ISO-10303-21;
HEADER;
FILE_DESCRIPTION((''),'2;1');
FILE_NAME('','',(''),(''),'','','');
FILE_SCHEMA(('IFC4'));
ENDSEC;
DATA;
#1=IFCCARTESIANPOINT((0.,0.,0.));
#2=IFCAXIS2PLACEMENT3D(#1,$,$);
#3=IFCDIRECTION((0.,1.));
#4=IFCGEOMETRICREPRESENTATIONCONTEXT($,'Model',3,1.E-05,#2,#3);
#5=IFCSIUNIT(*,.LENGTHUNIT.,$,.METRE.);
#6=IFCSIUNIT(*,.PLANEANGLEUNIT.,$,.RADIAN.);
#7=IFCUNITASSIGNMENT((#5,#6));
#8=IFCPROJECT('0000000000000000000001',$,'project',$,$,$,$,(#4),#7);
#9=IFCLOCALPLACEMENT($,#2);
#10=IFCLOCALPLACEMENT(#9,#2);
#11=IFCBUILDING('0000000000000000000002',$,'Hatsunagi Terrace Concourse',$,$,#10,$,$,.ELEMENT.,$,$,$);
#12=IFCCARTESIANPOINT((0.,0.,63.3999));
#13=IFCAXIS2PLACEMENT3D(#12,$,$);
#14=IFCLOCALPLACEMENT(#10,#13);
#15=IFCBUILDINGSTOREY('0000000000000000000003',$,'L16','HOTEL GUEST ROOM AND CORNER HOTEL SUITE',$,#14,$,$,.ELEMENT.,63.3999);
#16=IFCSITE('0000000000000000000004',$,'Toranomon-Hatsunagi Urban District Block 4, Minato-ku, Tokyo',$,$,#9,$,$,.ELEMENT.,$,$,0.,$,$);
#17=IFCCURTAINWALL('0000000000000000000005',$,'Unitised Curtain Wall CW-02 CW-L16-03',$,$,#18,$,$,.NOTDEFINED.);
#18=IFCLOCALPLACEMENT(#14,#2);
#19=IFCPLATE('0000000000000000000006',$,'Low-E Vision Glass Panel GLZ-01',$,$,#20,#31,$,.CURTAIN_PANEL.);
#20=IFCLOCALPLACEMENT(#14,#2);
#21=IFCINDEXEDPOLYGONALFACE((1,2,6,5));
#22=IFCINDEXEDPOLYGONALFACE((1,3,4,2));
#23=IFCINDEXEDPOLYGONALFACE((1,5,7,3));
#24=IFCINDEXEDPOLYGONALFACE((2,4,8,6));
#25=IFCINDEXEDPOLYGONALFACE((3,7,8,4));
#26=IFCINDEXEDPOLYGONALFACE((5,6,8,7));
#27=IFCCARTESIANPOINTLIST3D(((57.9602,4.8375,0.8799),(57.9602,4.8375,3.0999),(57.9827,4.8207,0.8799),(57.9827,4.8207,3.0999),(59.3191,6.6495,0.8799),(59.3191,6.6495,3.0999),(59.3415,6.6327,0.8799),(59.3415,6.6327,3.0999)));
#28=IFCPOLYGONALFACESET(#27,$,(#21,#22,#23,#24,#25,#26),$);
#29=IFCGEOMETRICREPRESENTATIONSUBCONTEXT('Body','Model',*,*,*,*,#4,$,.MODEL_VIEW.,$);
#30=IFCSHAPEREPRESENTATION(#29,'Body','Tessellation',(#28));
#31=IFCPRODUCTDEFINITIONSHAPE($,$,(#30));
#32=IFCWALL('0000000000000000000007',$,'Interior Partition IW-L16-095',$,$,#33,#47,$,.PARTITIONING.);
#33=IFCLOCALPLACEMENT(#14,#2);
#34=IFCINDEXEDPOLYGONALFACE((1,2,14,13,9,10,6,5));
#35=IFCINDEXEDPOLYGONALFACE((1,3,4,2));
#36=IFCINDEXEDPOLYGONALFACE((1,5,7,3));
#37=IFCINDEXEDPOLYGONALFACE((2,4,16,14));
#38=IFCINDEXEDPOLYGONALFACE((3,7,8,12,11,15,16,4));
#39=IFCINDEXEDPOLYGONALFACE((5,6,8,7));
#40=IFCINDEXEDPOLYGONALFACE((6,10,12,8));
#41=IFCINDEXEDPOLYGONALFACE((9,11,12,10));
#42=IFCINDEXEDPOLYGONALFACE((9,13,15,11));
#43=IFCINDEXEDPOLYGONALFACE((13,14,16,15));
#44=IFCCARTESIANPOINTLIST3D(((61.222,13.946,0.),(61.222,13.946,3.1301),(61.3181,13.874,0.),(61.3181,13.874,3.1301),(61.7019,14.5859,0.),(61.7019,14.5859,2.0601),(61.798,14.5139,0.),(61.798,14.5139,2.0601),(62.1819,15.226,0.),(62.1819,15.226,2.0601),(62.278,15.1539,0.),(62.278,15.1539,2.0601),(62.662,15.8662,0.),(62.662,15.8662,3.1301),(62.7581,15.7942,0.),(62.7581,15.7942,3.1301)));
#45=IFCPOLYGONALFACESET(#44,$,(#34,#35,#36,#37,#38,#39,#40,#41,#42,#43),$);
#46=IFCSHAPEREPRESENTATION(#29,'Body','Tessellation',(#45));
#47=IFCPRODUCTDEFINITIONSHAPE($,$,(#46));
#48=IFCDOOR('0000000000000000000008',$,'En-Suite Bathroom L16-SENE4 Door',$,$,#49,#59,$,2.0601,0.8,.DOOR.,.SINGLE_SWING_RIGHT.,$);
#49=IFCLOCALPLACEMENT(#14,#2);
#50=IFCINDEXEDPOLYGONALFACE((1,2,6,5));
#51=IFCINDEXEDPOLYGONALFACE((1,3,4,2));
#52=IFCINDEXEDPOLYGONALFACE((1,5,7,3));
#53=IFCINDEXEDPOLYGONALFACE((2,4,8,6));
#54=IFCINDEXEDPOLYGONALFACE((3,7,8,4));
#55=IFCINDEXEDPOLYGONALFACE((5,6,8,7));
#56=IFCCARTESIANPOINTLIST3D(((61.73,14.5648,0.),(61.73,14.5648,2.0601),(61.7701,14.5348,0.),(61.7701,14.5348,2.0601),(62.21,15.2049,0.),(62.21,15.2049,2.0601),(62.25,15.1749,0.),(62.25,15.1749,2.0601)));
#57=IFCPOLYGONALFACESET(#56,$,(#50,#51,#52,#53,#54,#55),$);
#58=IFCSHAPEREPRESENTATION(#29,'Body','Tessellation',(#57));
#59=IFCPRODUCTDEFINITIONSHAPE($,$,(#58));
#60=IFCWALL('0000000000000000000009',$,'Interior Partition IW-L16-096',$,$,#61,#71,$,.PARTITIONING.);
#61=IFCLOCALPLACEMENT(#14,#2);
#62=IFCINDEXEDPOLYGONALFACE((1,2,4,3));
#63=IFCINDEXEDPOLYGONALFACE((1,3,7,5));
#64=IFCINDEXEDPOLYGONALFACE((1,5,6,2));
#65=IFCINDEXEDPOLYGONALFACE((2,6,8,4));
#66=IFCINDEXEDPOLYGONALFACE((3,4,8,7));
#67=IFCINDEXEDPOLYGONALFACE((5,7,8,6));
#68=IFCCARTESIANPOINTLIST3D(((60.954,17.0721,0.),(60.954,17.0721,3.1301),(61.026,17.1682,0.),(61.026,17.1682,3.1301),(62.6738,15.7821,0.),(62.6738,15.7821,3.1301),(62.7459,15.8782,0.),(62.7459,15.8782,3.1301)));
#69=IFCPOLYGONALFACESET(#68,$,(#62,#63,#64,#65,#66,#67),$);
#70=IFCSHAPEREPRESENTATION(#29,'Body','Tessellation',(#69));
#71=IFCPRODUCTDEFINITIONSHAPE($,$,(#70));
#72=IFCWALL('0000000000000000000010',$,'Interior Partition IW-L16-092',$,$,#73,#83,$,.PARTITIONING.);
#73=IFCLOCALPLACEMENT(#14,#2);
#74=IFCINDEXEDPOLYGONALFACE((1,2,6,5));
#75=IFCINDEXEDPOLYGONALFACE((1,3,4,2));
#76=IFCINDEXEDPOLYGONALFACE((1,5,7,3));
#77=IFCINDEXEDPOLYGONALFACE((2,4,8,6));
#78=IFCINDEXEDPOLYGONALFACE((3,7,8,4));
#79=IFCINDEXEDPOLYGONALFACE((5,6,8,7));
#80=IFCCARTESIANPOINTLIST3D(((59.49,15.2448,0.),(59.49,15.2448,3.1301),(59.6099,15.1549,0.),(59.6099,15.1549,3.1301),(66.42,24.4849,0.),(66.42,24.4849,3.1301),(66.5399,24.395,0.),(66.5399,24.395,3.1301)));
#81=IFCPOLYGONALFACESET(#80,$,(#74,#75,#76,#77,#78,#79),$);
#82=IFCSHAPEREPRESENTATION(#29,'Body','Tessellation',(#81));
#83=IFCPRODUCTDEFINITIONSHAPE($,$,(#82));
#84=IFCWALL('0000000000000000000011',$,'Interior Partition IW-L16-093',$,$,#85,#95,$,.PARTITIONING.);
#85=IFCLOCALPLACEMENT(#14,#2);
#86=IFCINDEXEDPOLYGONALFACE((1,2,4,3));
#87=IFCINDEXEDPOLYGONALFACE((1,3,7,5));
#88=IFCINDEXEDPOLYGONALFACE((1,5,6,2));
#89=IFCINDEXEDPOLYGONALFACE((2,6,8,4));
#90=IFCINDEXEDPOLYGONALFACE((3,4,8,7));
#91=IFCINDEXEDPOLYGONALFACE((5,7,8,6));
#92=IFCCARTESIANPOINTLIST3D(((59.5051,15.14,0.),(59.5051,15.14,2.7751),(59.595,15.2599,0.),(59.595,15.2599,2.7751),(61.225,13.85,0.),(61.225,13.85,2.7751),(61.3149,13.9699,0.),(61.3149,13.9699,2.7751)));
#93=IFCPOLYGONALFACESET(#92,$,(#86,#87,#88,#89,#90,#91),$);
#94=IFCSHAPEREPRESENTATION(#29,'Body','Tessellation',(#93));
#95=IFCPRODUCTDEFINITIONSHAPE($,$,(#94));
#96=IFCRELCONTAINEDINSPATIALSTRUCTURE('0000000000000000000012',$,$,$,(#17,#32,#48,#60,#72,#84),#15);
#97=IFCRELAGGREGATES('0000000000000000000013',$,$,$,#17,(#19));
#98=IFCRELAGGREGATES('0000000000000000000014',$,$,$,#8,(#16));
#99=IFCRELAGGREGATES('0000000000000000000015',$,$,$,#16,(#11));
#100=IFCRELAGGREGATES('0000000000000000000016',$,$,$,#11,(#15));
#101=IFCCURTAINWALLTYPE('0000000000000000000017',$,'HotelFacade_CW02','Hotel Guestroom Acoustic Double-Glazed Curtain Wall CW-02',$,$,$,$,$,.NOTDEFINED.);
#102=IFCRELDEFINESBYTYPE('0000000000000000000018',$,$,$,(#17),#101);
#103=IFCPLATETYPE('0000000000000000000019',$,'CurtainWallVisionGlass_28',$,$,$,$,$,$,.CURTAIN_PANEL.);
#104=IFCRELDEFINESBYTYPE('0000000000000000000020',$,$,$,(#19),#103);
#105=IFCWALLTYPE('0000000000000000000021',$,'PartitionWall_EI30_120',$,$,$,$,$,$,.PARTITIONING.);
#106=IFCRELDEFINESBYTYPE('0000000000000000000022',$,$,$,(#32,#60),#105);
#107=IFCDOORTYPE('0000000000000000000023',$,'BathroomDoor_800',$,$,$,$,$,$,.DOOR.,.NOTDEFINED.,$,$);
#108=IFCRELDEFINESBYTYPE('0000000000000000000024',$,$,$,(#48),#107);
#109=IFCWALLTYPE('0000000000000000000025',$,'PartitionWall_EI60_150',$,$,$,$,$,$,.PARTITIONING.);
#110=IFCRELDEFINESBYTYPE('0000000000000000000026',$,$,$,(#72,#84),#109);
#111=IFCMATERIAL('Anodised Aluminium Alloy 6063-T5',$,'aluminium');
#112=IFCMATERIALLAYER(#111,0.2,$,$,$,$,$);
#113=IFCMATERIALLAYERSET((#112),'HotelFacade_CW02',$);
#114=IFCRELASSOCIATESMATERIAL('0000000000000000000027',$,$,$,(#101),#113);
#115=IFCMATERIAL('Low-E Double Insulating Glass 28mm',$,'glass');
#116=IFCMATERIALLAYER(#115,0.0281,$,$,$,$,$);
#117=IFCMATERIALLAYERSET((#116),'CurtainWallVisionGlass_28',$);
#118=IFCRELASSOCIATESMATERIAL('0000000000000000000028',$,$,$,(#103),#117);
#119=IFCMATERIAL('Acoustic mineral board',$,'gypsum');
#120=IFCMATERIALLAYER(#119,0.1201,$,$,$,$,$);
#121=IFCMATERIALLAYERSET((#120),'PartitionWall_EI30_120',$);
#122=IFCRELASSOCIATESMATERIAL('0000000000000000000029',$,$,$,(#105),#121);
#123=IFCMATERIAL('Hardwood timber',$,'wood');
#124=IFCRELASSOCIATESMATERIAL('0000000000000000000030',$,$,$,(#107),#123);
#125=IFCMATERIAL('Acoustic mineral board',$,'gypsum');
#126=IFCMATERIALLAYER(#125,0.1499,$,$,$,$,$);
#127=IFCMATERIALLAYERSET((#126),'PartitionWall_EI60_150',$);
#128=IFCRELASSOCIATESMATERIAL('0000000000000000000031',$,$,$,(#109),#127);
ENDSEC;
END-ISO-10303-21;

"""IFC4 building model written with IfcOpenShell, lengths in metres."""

from ifc_helpers import new_model, si_unit, direction, frame, frame_2d, origin, origin_2d, place, context, subcontext, project, spatial, rectangle, extrude, material, layer, layer_set, type_object, element, fill, aggregate, save


model = new_model("IFC4")

# Units and contexts
model_context = context("Model", 3, precision=1e-05, world=origin(), true_north=direction((0.0, 1.0)))
body_context = subcontext(model_context, "Body", "Model", "MODEL_VIEW")
ifc_project = project(units=[si_unit("LENGTHUNIT", "METRE"), si_unit("PLANEANGLEUNIT", "RADIAN")], contexts=[model_context])

# Site, building, storey
site_placement = place(None, origin())
site = spatial("IfcSite", under=ifc_project, at=site_placement, Name="Toranomon-Hatsunagi Urban District Block 4, Minato-ku, Tokyo", CompositionType="ELEMENT", RefElevation=0.0)
building_placement = place(site_placement, origin())
building = spatial("IfcBuilding", under=site, at=building_placement, Name="Hatsunagi Terrace Concourse", CompositionType="ELEMENT")
storey_placement = place(building_placement, frame((0.0, 0.0, 63.3999)))
storey = spatial("IfcBuildingStorey", under=building, at=storey_placement, Name="L16", Description="HOTEL GUEST ROOM AND CORNER HOTEL SUITE", CompositionType="ELEMENT", Elevation=63.3999)

# Curtain wall
ifc_material_1 = material(Name="Anodised Aluminium Alloy 6063-T5", Category="aluminium")
ifc_layer_1 = layer(ifc_material_1, 0.2)
ifc_layer_set_1 = layer_set([ifc_layer_1], Name="HotelFacade_CW02")
curtain_wall_type = type_object("IfcCurtainWallType", Name="HotelFacade_CW02", Description="Hotel Guestroom Acoustic Double-Glazed Curtain Wall CW-02", PredefinedType="NOTDEFINED", material=ifc_layer_set_1)
curtain_wall_placement = place(storey_placement, origin())
curtain_wall = element("IfcCurtainWall", 1, at=curtain_wall_placement, inside=storey, type_object=curtain_wall_type, Name="Unitised Curtain Wall CW-02 CW-L16-03", PredefinedType="NOTDEFINED")

# Plate
ifc_material_2 = material(Name="Low-E Double Insulating Glass 28mm", Category="glass")
ifc_layer_2 = layer(ifc_material_2, 0.0281)
ifc_layer_set_2 = layer_set([ifc_layer_2], Name="CurtainWallVisionGlass_28")
plate_type_1 = type_object("IfcPlateType", Name="CurtainWallVisionGlass_28", PredefinedType="CURTAIN_PANEL", material=ifc_layer_set_2)
plate_1_placement = place(storey_placement, frame((58.6509, 5.7351, 0.8799), z_axis=(0.0, 0.0, 1.0), x_axis=(-0.599969, -0.800023, 0.0)))
plate_1 = element("IfcPlate", 2, at=plate_1_placement, type_object=plate_type_1, Name="Low-E Vision Glass Panel GLZ-01", PredefinedType="CURTAIN_PANEL", context=body_context, shape_type="SweptSolid", body=[
    extrude(rectangle(XDim=2.2649, YDim=0.0281, at=origin_2d()), origin(), (0.0, 0.0, 1.0), 2.22),
])
aggregate(curtain_wall, [plate_1])

# Wall, opening, door
ifc_material_3 = material(Name="Acoustic mineral board", Category="gypsum")
ifc_layer_3 = layer(ifc_material_3, 0.1201)
ifc_layer_set_3 = layer_set([ifc_layer_3], Name="PartitionWall_EI30_120")
wall_type_1 = type_object("IfcWallType", Name="PartitionWall_EI30_120", PredefinedType="PARTITIONING", material=ifc_layer_set_3)
wall_1_placement = place(storey_placement, frame((61.27, 13.9099, 0.0), z_axis=(0.0, 0.0, 1.0), x_axis=(0.599951, 0.800037, 0.0)))
wall_1 = element("IfcWall", 3, at=wall_1_placement, inside=storey, type_object=wall_type_1, Name="Interior Partition IW-L16-095", PredefinedType="PARTITIONING", context=body_context, shape_type="SweptSolid", body=[
    extrude(rectangle(XDim=2.4001, YDim=0.1201, at=frame_2d((1.2002, 0.0))), origin(), (0.0, 0.0, 1.0), 3.1301),
])
opening_1_placement = place(wall_1_placement, frame((0.8, 0.0, 0.0)))
opening_1 = element("IfcOpeningElement", 4, at=opening_1_placement, cuts=wall_1, PredefinedType="OPENING", context=body_context, shape_type="SweptSolid", body=[
    extrude(rectangle(XDim=0.8, YDim=2.0601, at=frame_2d((0.3999, 1.03))), frame((0.0, 0.0701, 0.0), z_axis=(0.0, -1.0, 0.0), x_axis=(1.0, 0.0, 0.0)), (0.0, 0.0, 1.0), 0.1401),
])
ifc_material_4 = material(Name="Hardwood timber", Category="wood")
door_type_1 = type_object("IfcDoorType", Name="BathroomDoor_800", OperationType="NOTDEFINED", PredefinedType="DOOR", material=ifc_material_4)
door_1_placement = place(opening_1_placement, origin())
door_1 = element("IfcDoor", 5, at=door_1_placement, inside=storey, type_object=door_type_1, Name="En-Suite Bathroom L16-SENE4 Door", OperationType="SINGLE_SWING_RIGHT", OverallHeight=2.0601, OverallWidth=0.8, PredefinedType="DOOR", context=body_context, shape_type="SweptSolid", body=[
    extrude(rectangle(XDim=0.8, YDim=2.0601, at=frame_2d((0.3999, 1.03))), frame((0.0, 0.0249, 0.0), z_axis=(0.0, -1.0, 0.0), x_axis=(1.0, 0.0, 0.0)), (0.0, 0.0, 1.0), 0.05),
])
fill(opening_1, door_1)

# Walls
wall_2_placement = place(storey_placement, frame((60.99, 17.1201, 0.0), z_axis=(0.0, 0.0, 1.0), x_axis=(0.799986, -0.600018, 0.0)))
element("IfcWall", 6, at=wall_2_placement, inside=storey, type_object=wall_type_1, Name="Interior Partition IW-L16-096", PredefinedType="PARTITIONING", context=body_context, shape_type="SweptSolid", body=[
    extrude(rectangle(XDim=2.1499, YDim=0.1201, at=frame_2d((1.075, 0.0))), origin(), (0.0, 0.0, 1.0), 3.1301),
])
ifc_material_5 = material(Name="Acoustic mineral board", Category="gypsum")
ifc_layer_4 = layer(ifc_material_5, 0.1499)
ifc_layer_set_4 = layer_set([ifc_layer_4], Name="PartitionWall_EI60_150")
wall_type_2 = type_object("IfcWallType", Name="PartitionWall_EI60_150", PredefinedType="PARTITIONING", material=ifc_layer_set_4)
wall_3_placement = place(storey_placement, frame((59.55, 15.2, 0.0), z_axis=(0.0, 0.0, 1.0), x_axis=(0.599997, 0.800003, 0.0)))
element("IfcWall", 7, at=wall_3_placement, inside=storey, type_object=wall_type_2, Name="Interior Partition IW-L16-092", PredefinedType="PARTITIONING", context=body_context, shape_type="SweptSolid", body=[
    extrude(rectangle(XDim=11.55, YDim=0.1499, at=frame_2d((5.7749, 0.0))), origin(), (0.0, 0.0, 1.0), 3.1301),
])
wall_4_placement = place(storey_placement, frame((59.55, 15.2, 0.0), z_axis=(0.0, 0.0, 1.0), x_axis=(0.799986, -0.600018, 0.0)))
element("IfcWall", 8, at=wall_4_placement, inside=storey, type_object=wall_type_2, Name="Interior Partition IW-L16-093", PredefinedType="PARTITIONING", context=body_context, shape_type="SweptSolid", body=[
    extrude(rectangle(XDim=2.1499, YDim=0.1499, at=frame_2d((1.075, 0.0))), origin(), (0.0, 0.0, 1.0), 2.7751),
])

save(model, "model.ifc")
